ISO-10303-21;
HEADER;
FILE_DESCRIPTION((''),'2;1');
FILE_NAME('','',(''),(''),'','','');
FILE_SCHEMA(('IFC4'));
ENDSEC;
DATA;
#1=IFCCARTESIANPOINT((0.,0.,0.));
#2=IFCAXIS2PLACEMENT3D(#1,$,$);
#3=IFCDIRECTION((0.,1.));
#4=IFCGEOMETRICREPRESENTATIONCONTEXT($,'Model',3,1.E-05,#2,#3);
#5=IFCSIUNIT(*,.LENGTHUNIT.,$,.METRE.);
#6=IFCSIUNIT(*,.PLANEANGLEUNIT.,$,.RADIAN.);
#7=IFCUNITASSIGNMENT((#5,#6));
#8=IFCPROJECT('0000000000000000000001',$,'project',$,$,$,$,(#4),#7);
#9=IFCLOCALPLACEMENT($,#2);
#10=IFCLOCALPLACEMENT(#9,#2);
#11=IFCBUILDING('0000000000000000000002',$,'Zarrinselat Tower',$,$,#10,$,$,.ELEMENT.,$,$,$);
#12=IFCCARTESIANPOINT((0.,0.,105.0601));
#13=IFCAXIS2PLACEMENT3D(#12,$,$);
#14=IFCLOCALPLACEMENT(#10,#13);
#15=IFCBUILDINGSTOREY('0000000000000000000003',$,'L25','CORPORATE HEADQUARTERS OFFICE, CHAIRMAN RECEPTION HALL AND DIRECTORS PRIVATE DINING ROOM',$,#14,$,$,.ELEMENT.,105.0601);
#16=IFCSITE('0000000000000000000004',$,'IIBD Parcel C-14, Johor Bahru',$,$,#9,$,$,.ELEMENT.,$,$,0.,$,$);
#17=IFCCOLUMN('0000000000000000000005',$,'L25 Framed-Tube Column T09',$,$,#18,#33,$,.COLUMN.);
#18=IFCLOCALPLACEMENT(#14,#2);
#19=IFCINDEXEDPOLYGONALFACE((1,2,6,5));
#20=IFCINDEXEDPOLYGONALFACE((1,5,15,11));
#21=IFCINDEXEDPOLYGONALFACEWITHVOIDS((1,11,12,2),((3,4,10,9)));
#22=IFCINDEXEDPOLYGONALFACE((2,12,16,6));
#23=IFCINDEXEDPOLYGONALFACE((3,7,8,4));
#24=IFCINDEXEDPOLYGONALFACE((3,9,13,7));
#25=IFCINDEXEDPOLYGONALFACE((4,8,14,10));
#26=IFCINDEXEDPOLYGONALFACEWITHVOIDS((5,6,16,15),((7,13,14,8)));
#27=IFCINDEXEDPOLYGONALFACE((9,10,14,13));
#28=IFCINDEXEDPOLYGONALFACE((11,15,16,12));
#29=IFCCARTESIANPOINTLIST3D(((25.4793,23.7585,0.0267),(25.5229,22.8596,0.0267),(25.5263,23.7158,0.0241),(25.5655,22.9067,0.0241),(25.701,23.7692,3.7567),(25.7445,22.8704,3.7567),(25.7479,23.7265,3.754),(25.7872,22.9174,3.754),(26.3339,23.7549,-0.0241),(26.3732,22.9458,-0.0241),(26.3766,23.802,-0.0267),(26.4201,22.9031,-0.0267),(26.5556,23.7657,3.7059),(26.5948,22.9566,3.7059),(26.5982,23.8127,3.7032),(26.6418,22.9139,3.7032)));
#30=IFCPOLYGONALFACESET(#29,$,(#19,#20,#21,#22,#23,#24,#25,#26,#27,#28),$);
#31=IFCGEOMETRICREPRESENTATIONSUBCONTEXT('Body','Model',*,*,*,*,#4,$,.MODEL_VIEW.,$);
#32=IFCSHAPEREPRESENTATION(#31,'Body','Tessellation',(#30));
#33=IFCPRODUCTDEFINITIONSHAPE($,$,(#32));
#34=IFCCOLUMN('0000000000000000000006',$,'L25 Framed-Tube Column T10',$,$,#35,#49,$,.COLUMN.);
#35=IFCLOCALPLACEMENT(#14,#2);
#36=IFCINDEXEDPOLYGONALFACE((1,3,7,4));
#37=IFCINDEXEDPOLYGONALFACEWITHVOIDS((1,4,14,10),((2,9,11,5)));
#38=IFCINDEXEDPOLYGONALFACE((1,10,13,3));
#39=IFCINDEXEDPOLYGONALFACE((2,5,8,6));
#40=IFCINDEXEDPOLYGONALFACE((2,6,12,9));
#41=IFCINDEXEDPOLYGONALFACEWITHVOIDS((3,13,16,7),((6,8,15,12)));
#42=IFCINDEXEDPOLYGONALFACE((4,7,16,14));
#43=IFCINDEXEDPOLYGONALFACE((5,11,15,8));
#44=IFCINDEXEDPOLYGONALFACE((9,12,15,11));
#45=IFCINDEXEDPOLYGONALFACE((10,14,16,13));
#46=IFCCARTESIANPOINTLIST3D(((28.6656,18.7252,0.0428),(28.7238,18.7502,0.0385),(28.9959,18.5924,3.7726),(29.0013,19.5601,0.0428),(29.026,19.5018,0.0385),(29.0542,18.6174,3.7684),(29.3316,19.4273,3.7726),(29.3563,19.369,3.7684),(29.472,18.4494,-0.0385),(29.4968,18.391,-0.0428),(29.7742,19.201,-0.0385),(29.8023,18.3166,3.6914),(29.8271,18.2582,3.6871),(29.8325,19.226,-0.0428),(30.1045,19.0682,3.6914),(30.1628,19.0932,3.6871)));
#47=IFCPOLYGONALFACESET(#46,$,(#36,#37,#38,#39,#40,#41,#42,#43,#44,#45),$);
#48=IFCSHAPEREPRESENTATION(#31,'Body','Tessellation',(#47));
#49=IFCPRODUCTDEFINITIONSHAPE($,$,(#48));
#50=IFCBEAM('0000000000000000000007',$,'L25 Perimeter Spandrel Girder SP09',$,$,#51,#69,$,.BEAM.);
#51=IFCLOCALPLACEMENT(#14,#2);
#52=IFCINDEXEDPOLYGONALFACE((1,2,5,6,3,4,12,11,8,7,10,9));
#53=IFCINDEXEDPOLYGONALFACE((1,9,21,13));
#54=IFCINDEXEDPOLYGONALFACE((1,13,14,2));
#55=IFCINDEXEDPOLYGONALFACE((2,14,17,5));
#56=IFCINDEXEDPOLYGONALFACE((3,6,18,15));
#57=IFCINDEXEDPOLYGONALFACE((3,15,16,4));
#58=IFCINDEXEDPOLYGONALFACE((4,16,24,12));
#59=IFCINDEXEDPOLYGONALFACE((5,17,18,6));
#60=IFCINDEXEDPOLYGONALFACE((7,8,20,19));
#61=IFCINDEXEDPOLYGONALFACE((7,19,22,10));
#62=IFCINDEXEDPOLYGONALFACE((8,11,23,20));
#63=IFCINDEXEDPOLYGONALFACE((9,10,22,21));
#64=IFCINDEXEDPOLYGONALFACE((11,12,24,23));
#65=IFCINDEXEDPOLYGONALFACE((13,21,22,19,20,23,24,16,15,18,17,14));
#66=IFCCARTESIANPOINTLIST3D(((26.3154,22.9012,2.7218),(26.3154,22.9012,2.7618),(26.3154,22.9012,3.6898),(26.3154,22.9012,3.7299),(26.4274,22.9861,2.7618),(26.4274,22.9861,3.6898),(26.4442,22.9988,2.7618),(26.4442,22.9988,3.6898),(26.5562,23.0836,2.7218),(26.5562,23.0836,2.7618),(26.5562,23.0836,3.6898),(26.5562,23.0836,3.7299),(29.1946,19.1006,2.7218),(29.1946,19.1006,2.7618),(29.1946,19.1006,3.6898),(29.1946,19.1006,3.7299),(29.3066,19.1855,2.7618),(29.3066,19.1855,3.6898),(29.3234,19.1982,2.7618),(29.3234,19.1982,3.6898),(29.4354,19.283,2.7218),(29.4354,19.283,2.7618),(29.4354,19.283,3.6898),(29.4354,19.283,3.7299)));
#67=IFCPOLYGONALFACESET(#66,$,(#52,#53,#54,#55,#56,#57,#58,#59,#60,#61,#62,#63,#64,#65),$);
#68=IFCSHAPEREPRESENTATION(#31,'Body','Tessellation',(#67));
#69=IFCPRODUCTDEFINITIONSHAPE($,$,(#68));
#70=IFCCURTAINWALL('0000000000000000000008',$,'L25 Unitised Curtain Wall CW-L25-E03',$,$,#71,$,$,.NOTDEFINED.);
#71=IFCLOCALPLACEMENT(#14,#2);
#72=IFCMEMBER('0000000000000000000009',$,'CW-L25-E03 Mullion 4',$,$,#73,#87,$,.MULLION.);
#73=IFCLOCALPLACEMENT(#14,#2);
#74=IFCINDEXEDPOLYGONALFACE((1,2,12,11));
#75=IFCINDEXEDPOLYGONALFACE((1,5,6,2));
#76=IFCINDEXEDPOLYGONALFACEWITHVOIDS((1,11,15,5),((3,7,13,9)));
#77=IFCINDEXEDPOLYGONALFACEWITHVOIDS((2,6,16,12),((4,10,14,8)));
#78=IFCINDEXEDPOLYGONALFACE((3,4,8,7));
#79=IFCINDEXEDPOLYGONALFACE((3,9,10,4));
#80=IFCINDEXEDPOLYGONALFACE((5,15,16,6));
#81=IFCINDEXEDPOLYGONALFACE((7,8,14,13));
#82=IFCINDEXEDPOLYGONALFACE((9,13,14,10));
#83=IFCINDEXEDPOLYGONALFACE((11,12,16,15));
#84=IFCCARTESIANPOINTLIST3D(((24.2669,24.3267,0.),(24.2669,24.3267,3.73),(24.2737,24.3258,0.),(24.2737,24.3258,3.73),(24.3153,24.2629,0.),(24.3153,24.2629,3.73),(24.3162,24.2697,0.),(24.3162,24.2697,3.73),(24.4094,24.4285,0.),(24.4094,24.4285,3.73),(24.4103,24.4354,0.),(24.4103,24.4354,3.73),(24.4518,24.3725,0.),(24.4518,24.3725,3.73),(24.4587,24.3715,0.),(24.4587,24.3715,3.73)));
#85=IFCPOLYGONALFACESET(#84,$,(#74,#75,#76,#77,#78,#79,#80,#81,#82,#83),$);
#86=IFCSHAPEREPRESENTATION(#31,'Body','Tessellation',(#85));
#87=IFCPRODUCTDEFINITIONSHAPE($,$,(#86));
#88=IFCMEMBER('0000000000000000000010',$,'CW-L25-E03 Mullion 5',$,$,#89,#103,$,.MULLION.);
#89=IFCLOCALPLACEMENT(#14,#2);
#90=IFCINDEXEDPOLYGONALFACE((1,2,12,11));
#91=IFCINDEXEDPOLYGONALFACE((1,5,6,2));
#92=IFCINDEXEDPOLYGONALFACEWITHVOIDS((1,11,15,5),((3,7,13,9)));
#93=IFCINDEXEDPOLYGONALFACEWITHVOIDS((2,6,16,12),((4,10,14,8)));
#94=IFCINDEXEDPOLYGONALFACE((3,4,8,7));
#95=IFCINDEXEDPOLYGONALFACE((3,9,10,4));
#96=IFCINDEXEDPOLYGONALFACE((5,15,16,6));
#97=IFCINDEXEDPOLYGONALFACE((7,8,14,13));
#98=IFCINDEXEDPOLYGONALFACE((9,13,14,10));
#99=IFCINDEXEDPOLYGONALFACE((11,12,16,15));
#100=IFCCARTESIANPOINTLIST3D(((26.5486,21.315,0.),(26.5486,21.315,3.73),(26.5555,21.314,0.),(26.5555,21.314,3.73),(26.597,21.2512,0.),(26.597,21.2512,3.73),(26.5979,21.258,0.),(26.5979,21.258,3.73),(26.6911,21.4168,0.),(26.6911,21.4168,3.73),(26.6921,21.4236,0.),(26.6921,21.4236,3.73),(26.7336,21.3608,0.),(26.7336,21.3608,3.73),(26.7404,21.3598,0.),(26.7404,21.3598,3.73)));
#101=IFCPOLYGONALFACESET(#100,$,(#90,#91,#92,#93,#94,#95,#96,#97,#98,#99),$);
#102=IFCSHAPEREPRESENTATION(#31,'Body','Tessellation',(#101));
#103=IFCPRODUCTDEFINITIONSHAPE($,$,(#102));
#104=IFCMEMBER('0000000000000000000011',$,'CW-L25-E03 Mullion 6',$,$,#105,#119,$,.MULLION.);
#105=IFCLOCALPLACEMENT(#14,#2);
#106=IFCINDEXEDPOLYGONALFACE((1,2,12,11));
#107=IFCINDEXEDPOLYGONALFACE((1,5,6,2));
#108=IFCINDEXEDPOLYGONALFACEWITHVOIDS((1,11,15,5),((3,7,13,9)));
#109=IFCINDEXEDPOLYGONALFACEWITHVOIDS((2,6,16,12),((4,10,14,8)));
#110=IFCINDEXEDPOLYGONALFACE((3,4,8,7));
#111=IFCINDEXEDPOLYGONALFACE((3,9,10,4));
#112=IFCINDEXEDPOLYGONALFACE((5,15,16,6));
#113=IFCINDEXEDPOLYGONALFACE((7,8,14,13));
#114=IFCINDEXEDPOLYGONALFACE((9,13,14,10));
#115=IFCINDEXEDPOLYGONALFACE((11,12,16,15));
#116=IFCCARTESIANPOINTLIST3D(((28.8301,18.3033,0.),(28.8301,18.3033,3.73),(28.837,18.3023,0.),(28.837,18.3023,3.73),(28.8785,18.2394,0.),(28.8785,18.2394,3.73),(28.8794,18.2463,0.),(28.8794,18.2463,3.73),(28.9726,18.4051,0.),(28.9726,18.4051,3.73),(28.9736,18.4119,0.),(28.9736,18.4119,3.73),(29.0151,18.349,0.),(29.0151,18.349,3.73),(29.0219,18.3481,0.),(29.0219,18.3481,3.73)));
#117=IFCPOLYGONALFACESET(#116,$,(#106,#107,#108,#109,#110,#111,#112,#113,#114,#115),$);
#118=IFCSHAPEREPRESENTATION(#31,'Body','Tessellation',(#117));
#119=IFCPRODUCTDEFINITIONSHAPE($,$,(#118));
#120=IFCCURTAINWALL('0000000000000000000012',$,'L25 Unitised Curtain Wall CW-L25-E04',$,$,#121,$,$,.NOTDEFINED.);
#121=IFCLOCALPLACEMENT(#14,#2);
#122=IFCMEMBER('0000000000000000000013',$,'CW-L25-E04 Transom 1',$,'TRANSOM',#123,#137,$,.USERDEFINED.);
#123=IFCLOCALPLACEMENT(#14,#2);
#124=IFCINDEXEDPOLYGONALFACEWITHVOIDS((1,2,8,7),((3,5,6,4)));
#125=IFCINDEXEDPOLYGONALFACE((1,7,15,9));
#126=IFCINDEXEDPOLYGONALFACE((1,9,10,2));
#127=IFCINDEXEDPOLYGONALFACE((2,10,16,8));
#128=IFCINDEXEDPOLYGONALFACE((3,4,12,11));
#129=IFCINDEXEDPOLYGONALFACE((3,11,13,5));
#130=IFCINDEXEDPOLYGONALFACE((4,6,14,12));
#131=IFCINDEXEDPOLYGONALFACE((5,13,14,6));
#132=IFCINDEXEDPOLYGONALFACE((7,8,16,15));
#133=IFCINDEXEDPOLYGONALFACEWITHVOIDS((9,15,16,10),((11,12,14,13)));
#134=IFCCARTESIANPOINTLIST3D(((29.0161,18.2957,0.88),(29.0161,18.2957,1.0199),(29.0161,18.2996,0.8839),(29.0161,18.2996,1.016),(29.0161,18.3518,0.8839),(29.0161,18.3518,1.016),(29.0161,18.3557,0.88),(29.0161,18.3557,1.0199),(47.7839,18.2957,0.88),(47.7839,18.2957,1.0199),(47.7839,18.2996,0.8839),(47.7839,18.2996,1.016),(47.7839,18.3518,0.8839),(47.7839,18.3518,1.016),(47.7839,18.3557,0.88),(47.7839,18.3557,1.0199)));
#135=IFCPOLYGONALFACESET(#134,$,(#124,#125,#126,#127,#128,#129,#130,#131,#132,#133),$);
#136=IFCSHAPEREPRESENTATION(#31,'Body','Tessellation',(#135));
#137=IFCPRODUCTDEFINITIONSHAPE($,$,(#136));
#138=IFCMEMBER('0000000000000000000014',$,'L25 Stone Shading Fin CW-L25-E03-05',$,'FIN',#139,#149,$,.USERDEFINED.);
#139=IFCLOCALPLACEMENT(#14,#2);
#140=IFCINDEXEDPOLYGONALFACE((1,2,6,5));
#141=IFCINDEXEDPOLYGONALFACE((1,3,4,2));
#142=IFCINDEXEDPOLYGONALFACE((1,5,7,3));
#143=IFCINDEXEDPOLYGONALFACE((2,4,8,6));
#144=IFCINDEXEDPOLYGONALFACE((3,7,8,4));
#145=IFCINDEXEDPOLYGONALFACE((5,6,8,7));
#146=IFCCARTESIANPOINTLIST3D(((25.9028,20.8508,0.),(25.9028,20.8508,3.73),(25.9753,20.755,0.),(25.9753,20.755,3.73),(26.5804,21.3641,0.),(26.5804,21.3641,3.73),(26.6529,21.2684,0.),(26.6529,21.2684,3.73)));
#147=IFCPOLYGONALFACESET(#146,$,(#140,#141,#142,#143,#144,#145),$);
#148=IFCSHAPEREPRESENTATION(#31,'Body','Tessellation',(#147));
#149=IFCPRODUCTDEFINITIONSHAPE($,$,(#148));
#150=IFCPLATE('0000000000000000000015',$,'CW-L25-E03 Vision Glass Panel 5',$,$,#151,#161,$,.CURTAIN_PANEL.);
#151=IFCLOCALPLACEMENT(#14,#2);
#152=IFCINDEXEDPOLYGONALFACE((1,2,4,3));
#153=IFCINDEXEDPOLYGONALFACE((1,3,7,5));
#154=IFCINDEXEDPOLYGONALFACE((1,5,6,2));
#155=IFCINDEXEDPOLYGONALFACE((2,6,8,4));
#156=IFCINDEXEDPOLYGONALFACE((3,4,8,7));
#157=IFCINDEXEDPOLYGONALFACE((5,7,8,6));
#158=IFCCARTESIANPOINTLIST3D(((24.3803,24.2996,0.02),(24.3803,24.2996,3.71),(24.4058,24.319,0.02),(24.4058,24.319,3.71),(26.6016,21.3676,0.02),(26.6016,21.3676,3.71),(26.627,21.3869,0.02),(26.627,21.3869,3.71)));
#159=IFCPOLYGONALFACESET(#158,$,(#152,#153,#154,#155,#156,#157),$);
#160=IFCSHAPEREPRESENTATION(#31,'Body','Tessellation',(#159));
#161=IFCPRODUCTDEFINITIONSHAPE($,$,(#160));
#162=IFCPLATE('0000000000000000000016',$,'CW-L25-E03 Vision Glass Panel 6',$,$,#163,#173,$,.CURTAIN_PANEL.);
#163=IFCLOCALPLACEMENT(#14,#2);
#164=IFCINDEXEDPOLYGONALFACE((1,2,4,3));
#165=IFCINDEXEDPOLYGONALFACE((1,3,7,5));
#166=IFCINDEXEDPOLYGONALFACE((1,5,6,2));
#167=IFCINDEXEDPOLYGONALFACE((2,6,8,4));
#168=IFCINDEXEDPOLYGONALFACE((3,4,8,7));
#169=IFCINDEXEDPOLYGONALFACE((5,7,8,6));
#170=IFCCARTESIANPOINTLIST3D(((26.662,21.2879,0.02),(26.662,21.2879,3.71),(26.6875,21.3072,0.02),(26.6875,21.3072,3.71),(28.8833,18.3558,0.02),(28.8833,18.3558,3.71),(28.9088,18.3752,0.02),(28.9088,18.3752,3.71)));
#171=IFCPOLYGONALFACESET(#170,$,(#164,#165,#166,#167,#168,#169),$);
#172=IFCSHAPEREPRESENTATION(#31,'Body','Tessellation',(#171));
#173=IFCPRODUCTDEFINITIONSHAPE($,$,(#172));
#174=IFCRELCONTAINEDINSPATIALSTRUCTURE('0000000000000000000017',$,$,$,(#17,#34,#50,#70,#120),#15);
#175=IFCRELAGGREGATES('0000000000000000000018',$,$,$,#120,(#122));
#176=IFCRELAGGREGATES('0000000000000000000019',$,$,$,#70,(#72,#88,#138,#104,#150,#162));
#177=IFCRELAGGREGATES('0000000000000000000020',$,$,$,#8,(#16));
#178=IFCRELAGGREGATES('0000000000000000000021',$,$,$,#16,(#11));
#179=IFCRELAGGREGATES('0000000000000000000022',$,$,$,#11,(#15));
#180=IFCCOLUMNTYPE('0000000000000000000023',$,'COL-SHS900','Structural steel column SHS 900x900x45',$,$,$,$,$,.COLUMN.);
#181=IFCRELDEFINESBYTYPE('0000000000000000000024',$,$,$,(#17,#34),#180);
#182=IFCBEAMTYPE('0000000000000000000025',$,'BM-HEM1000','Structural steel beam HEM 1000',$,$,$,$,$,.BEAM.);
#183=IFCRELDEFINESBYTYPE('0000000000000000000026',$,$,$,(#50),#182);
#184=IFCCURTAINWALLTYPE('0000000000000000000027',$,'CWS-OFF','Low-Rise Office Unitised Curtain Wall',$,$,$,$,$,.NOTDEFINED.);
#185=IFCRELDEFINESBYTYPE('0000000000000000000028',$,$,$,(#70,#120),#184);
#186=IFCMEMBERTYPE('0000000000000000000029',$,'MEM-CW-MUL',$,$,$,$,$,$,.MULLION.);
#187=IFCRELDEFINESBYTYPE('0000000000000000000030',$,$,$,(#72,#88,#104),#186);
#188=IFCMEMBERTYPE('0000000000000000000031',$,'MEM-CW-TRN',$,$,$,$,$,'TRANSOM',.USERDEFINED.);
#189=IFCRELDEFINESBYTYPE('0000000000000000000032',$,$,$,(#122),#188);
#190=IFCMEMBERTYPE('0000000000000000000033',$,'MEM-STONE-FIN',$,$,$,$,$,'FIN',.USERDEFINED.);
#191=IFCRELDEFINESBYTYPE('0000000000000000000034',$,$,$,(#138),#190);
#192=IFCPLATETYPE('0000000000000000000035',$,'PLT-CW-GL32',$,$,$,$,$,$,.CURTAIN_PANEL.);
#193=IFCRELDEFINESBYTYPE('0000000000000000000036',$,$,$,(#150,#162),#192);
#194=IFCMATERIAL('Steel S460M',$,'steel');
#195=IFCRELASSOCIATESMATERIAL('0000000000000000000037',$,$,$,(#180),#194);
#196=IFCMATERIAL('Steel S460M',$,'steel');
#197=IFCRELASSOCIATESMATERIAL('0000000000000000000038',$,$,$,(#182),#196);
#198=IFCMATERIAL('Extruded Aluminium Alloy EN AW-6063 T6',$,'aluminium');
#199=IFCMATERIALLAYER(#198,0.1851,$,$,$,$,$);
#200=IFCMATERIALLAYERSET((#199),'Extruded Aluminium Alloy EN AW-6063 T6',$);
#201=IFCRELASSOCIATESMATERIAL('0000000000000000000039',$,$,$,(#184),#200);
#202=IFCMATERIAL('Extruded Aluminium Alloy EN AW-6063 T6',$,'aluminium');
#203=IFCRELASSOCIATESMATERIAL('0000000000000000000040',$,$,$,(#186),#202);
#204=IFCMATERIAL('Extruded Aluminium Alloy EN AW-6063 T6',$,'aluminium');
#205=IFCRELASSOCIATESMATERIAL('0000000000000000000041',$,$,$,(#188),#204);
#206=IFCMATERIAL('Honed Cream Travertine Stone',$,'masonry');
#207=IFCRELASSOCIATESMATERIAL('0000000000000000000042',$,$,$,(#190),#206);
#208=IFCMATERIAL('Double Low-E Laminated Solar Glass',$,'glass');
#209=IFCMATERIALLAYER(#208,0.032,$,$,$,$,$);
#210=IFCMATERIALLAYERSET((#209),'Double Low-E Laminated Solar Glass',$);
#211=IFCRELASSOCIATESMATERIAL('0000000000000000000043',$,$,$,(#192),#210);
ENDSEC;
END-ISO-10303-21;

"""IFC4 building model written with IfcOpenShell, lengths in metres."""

from ifc_helpers import new_model, si_unit, direction, frame, origin, origin_2d, place, context, subcontext, project, spatial, rectangle, hollow_rectangle, i_section, extrude, material, layer, layer_set, material_profile, profile_set, type_object, element, aggregate, save


model = new_model("IFC4")

# Units and contexts
model_context = context("Model", 3, precision=1e-05, world=origin(), true_north=direction((0.0, 1.0)))
body_context = subcontext(model_context, "Body", "Model", "MODEL_VIEW")
ifc_project = project(units=[si_unit("LENGTHUNIT", "METRE"), si_unit("PLANEANGLEUNIT", "RADIAN")], contexts=[model_context])

# Site, building, storey
site_placement = place(None, origin())
site = spatial("IfcSite", under=ifc_project, at=site_placement, Name="IIBD Parcel C-14, Johor Bahru", CompositionType="ELEMENT", RefElevation=0.0)
building_placement = place(site_placement, origin())
building = spatial("IfcBuilding", under=site, at=building_placement, Name="Zarrinselat Tower", CompositionType="ELEMENT")
storey_placement = place(building_placement, frame((0.0, 0.0, 105.0601)))
storey = spatial("IfcBuildingStorey", under=building, at=storey_placement, Name="L25", Description="CORPORATE HEADQUARTERS OFFICE, CHAIRMAN RECEPTION HALL AND DIRECTORS PRIVATE DINING ROOM", CompositionType="ELEMENT", Elevation=105.0601)

# Columns
ifc_material_1 = material(Name="Steel S460M", Category="steel")
ifc_material_profile_1 = material_profile(ifc_material_1, hollow_rectangle(XDim=0.8999, YDim=0.8999, WallThickness=0.0449, at=origin_2d()), Name="SHS 900x900x45")
ifc_profile_set_1 = profile_set([ifc_material_profile_1], Name="Steel S460M")
column_type = type_object("IfcColumnType", Name="COL-SHS900", Description="Structural steel column SHS 900x900x45", PredefinedType="COLUMN", material=ifc_profile_set_1)
column_1_placement = place(storey_placement, frame((25.9497, 23.3308, 0.0), z_axis=(0.059327, 0.002875, 0.998234), x_axis=(-0.048401, 0.998828, 0.0)))
element("IfcColumn", 1, at=column_1_placement, inside=storey, type_object=column_type, Name="L25 Framed-Tube Column T09", PredefinedType="COLUMN", context=body_context, shape_type="SweptSolid", body=[
    extrude(hollow_rectangle(XDim=0.8999, YDim=0.8999, WallThickness=0.0449, at=origin_2d()), origin(), (0.0, 0.0, 1.0), 3.7366),
])
column_2_placement = place(storey_placement, frame((29.249, 18.9756, 0.0), z_axis=(0.088158, -0.035446, 0.995476), x_axis=(0.373045, 0.927813, 0.0)))
element("IfcColumn", 2, at=column_2_placement, inside=storey, type_object=column_type, Name="L25 Framed-Tube Column T10", PredefinedType="COLUMN", context=body_context, shape_type="SweptSolid", body=[
    extrude(hollow_rectangle(XDim=0.8999, YDim=0.8999, WallThickness=0.0449, at=origin_2d()), origin(), (0.0, 0.0, 1.0), 3.7468),
])

# Beam
ifc_material_2 = material(Name="Steel S460M", Category="steel")
ifc_material_profile_2 = material_profile(ifc_material_2, i_section(OverallWidth=0.302, OverallDepth=1.0081, WebThickness=0.021, FlangeThickness=0.04, at=origin_2d()), Name="HEM 1000")
ifc_profile_set_2 = profile_set([ifc_material_profile_2], Name="Steel S460M")
beam_type = type_object("IfcBeamType", Name="BM-HEM1000", Description="Structural steel beam HEM 1000", PredefinedType="BEAM", material=ifc_profile_set_2)
beam_placement = place(storey_placement, frame((26.4358, 22.9924, 3.2258), z_axis=(0.603852, -0.797097, 0.0), x_axis=(0.797097, 0.603852, 0.0)))
element("IfcBeam", 3, at=beam_placement, inside=storey, type_object=beam_type, Name="L25 Perimeter Spandrel Girder SP09", PredefinedType="BEAM", context=body_context, shape_type="SweptSolid", body=[
    extrude(i_section(OverallWidth=0.302, OverallDepth=1.0081, WebThickness=0.021, FlangeThickness=0.04, at=origin_2d()), origin(), (0.0, 0.0, 1.0), 4.7681),
])

# Curtain wall, members
ifc_material_3 = material(Name="Extruded Aluminium Alloy EN AW-6063 T6", Category="aluminium")
ifc_layer_1 = layer(ifc_material_3, 0.1851)
ifc_layer_set_1 = layer_set([ifc_layer_1], Name="Extruded Aluminium Alloy EN AW-6063 T6")
curtain_wall_type = type_object("IfcCurtainWallType", Name="CWS-OFF", Description="Low-Rise Office Unitised Curtain Wall", PredefinedType="NOTDEFINED", material=ifc_layer_set_1)
curtain_wall_1_placement = place(storey_placement, origin())
curtain_wall_1 = element("IfcCurtainWall", 4, at=curtain_wall_1_placement, inside=storey, type_object=curtain_wall_type, Name="L25 Unitised Curtain Wall CW-L25-E03", PredefinedType="NOTDEFINED")
ifc_material_4 = material(Name="Extruded Aluminium Alloy EN AW-6063 T6", Category="aluminium")
ifc_material_profile_3 = material_profile(ifc_material_4, hollow_rectangle(XDim=0.0801, YDim=0.1799, WallThickness=0.0049, at=origin_2d()), Name="RHS 180x80x5")
ifc_profile_set_3 = profile_set([ifc_material_profile_3], Name="Extruded Aluminium Alloy EN AW-6063 T6")
member_type_1 = type_object("IfcMemberType", Name="MEM-CW-MUL", PredefinedType="MULLION", material=ifc_profile_set_3)
member_1_placement = place(storey_placement, frame((24.3628, 24.3491, 0.0), z_axis=(0.0, 0.0, 1.0), x_axis=(0.603858, -0.797092, 0.0)))
member_1 = element("IfcMember", 5, at=member_1_placement, type_object=member_type_1, Name="CW-L25-E03 Mullion 4", PredefinedType="MULLION", context=body_context, shape_type="SweptSolid", body=[
    extrude(hollow_rectangle(XDim=0.0801, YDim=0.1799, WallThickness=0.0049, at=origin_2d()), origin(), (0.0, 0.0, 1.0), 3.73),
])
member_2_placement = place(storey_placement, frame((26.6445, 21.3374, 0.0), z_axis=(0.0, 0.0, 1.0), x_axis=(0.603858, -0.797092, 0.0)))
member_2 = element("IfcMember", 6, at=member_2_placement, type_object=member_type_1, Name="CW-L25-E03 Mullion 5", PredefinedType="MULLION", context=body_context, shape_type="SweptSolid", body=[
    extrude(hollow_rectangle(XDim=0.0801, YDim=0.1799, WallThickness=0.0049, at=origin_2d()), origin(), (0.0, 0.0, 1.0), 3.73),
])
member_3_placement = place(storey_placement, frame((28.926, 18.3257, 0.0), z_axis=(0.0, 0.0, 1.0), x_axis=(0.603858, -0.797092, 0.0)))
member_3 = element("IfcMember", 7, at=member_3_placement, type_object=member_type_1, Name="CW-L25-E03 Mullion 6", PredefinedType="MULLION", context=body_context, shape_type="SweptSolid", body=[
    extrude(hollow_rectangle(XDim=0.0801, YDim=0.1799, WallThickness=0.0049, at=origin_2d()), origin(), (0.0, 0.0, 1.0), 3.73),
])

# Curtain wall, member
curtain_wall_2_placement = place(storey_placement, origin())
curtain_wall_2 = element("IfcCurtainWall", 8, at=curtain_wall_2_placement, inside=storey, type_object=curtain_wall_type, Name="L25 Unitised Curtain Wall CW-L25-E04", PredefinedType="NOTDEFINED")
ifc_material_5 = material(Name="Extruded Aluminium Alloy EN AW-6063 T6", Category="aluminium")
ifc_material_profile_4 = material_profile(ifc_material_5, hollow_rectangle(XDim=0.0601, YDim=0.1399, WallThickness=0.0039, at=origin_2d()), Name="RHS 140x60x4")
ifc_profile_set_4 = profile_set([ifc_material_profile_4], Name="Extruded Aluminium Alloy EN AW-6063 T6")
member_type_2 = type_object("IfcMemberType", Name="MEM-CW-TRN", ElementType="TRANSOM", PredefinedType="USERDEFINED", material=ifc_profile_set_4)
member_4_placement = place(storey_placement, frame((29.0161, 18.3257, 0.95), z_axis=(1.0, 0.0, 0.0), x_axis=(0.0, 1.0, 0.0)))
member_4 = element("IfcMember", 9, at=member_4_placement, type_object=member_type_2, Name="CW-L25-E04 Transom 1", ObjectType="TRANSOM", PredefinedType="USERDEFINED", context=body_context, shape_type="SweptSolid", body=[
    extrude(hollow_rectangle(XDim=0.0601, YDim=0.1399, WallThickness=0.0039, at=origin_2d()), origin(), (0.0, 0.0, 1.0), 18.7678),
])
aggregate(curtain_wall_2, [member_4])

# Member
ifc_material_6 = material(Name="Honed Cream Travertine Stone", Category="masonry")
ifc_material_profile_5 = material_profile(ifc_material_6, rectangle(XDim=0.1201, YDim=0.8501, at=origin_2d()), Name="FIN 850x120")
ifc_profile_set_5 = profile_set([ifc_material_profile_5], Name="Honed Cream Travertine Stone")
member_type_3 = type_object("IfcMemberType", Name="MEM-STONE-FIN", ElementType="FIN", PredefinedType="USERDEFINED", material=ifc_profile_set_5)
member_5_placement = place(storey_placement, frame((26.2778, 21.0596, 0.0), z_axis=(0.0, 0.0, 1.0), x_axis=(-0.603858, 0.797092, 0.0)))
member_5 = element("IfcMember", 10, at=member_5_placement, type_object=member_type_3, Name="L25 Stone Shading Fin CW-L25-E03-05", ObjectType="FIN", PredefinedType="USERDEFINED", context=body_context, shape_type="SweptSolid", body=[
    extrude(rectangle(XDim=0.1201, YDim=0.8501, at=origin_2d()), origin(), (0.0, 0.0, 1.0), 3.73),
])

# Plates
ifc_material_7 = material(Name="Double Low-E Laminated Solar Glass", Category="glass")
ifc_layer_2 = layer(ifc_material_7, 0.032)
ifc_layer_set_2 = layer_set([ifc_layer_2], Name="Double Low-E Laminated Solar Glass")
plate_type = type_object("IfcPlateType", Name="PLT-CW-GL32", PredefinedType="CURTAIN_PANEL", material=ifc_layer_set_2)
plate_1_placement = place(storey_placement, frame((25.5037, 22.8433, 0.02), z_axis=(0.0, 0.0, 1.0), x_axis=(0.603858, -0.797092, 0.0)))
plate_1 = element("IfcPlate", 11, at=plate_1_placement, type_object=plate_type, Name="CW-L25-E03 Vision Glass Panel 5", PredefinedType="CURTAIN_PANEL", context=body_context, shape_type="SweptSolid", body=[
    extrude(rectangle(XDim=3.6785, YDim=0.032, at=origin_2d()), origin(), (0.0, 0.0, 1.0), 3.6899),
])
plate_2_placement = place(storey_placement, frame((27.7854, 19.8315, 0.02), z_axis=(0.0, 0.0, 1.0), x_axis=(0.603858, -0.797092, 0.0)))
plate_2 = element("IfcPlate", 12, at=plate_2_placement, type_object=plate_type, Name="CW-L25-E03 Vision Glass Panel 6", PredefinedType="CURTAIN_PANEL", context=body_context, shape_type="SweptSolid", body=[
    extrude(rectangle(XDim=3.6785, YDim=0.032, at=origin_2d()), origin(), (0.0, 0.0, 1.0), 3.6899),
])
aggregate(curtain_wall_1, [member_1, member_2, member_5, member_3, plate_1, plate_2])

save(model, "model.ifc")
